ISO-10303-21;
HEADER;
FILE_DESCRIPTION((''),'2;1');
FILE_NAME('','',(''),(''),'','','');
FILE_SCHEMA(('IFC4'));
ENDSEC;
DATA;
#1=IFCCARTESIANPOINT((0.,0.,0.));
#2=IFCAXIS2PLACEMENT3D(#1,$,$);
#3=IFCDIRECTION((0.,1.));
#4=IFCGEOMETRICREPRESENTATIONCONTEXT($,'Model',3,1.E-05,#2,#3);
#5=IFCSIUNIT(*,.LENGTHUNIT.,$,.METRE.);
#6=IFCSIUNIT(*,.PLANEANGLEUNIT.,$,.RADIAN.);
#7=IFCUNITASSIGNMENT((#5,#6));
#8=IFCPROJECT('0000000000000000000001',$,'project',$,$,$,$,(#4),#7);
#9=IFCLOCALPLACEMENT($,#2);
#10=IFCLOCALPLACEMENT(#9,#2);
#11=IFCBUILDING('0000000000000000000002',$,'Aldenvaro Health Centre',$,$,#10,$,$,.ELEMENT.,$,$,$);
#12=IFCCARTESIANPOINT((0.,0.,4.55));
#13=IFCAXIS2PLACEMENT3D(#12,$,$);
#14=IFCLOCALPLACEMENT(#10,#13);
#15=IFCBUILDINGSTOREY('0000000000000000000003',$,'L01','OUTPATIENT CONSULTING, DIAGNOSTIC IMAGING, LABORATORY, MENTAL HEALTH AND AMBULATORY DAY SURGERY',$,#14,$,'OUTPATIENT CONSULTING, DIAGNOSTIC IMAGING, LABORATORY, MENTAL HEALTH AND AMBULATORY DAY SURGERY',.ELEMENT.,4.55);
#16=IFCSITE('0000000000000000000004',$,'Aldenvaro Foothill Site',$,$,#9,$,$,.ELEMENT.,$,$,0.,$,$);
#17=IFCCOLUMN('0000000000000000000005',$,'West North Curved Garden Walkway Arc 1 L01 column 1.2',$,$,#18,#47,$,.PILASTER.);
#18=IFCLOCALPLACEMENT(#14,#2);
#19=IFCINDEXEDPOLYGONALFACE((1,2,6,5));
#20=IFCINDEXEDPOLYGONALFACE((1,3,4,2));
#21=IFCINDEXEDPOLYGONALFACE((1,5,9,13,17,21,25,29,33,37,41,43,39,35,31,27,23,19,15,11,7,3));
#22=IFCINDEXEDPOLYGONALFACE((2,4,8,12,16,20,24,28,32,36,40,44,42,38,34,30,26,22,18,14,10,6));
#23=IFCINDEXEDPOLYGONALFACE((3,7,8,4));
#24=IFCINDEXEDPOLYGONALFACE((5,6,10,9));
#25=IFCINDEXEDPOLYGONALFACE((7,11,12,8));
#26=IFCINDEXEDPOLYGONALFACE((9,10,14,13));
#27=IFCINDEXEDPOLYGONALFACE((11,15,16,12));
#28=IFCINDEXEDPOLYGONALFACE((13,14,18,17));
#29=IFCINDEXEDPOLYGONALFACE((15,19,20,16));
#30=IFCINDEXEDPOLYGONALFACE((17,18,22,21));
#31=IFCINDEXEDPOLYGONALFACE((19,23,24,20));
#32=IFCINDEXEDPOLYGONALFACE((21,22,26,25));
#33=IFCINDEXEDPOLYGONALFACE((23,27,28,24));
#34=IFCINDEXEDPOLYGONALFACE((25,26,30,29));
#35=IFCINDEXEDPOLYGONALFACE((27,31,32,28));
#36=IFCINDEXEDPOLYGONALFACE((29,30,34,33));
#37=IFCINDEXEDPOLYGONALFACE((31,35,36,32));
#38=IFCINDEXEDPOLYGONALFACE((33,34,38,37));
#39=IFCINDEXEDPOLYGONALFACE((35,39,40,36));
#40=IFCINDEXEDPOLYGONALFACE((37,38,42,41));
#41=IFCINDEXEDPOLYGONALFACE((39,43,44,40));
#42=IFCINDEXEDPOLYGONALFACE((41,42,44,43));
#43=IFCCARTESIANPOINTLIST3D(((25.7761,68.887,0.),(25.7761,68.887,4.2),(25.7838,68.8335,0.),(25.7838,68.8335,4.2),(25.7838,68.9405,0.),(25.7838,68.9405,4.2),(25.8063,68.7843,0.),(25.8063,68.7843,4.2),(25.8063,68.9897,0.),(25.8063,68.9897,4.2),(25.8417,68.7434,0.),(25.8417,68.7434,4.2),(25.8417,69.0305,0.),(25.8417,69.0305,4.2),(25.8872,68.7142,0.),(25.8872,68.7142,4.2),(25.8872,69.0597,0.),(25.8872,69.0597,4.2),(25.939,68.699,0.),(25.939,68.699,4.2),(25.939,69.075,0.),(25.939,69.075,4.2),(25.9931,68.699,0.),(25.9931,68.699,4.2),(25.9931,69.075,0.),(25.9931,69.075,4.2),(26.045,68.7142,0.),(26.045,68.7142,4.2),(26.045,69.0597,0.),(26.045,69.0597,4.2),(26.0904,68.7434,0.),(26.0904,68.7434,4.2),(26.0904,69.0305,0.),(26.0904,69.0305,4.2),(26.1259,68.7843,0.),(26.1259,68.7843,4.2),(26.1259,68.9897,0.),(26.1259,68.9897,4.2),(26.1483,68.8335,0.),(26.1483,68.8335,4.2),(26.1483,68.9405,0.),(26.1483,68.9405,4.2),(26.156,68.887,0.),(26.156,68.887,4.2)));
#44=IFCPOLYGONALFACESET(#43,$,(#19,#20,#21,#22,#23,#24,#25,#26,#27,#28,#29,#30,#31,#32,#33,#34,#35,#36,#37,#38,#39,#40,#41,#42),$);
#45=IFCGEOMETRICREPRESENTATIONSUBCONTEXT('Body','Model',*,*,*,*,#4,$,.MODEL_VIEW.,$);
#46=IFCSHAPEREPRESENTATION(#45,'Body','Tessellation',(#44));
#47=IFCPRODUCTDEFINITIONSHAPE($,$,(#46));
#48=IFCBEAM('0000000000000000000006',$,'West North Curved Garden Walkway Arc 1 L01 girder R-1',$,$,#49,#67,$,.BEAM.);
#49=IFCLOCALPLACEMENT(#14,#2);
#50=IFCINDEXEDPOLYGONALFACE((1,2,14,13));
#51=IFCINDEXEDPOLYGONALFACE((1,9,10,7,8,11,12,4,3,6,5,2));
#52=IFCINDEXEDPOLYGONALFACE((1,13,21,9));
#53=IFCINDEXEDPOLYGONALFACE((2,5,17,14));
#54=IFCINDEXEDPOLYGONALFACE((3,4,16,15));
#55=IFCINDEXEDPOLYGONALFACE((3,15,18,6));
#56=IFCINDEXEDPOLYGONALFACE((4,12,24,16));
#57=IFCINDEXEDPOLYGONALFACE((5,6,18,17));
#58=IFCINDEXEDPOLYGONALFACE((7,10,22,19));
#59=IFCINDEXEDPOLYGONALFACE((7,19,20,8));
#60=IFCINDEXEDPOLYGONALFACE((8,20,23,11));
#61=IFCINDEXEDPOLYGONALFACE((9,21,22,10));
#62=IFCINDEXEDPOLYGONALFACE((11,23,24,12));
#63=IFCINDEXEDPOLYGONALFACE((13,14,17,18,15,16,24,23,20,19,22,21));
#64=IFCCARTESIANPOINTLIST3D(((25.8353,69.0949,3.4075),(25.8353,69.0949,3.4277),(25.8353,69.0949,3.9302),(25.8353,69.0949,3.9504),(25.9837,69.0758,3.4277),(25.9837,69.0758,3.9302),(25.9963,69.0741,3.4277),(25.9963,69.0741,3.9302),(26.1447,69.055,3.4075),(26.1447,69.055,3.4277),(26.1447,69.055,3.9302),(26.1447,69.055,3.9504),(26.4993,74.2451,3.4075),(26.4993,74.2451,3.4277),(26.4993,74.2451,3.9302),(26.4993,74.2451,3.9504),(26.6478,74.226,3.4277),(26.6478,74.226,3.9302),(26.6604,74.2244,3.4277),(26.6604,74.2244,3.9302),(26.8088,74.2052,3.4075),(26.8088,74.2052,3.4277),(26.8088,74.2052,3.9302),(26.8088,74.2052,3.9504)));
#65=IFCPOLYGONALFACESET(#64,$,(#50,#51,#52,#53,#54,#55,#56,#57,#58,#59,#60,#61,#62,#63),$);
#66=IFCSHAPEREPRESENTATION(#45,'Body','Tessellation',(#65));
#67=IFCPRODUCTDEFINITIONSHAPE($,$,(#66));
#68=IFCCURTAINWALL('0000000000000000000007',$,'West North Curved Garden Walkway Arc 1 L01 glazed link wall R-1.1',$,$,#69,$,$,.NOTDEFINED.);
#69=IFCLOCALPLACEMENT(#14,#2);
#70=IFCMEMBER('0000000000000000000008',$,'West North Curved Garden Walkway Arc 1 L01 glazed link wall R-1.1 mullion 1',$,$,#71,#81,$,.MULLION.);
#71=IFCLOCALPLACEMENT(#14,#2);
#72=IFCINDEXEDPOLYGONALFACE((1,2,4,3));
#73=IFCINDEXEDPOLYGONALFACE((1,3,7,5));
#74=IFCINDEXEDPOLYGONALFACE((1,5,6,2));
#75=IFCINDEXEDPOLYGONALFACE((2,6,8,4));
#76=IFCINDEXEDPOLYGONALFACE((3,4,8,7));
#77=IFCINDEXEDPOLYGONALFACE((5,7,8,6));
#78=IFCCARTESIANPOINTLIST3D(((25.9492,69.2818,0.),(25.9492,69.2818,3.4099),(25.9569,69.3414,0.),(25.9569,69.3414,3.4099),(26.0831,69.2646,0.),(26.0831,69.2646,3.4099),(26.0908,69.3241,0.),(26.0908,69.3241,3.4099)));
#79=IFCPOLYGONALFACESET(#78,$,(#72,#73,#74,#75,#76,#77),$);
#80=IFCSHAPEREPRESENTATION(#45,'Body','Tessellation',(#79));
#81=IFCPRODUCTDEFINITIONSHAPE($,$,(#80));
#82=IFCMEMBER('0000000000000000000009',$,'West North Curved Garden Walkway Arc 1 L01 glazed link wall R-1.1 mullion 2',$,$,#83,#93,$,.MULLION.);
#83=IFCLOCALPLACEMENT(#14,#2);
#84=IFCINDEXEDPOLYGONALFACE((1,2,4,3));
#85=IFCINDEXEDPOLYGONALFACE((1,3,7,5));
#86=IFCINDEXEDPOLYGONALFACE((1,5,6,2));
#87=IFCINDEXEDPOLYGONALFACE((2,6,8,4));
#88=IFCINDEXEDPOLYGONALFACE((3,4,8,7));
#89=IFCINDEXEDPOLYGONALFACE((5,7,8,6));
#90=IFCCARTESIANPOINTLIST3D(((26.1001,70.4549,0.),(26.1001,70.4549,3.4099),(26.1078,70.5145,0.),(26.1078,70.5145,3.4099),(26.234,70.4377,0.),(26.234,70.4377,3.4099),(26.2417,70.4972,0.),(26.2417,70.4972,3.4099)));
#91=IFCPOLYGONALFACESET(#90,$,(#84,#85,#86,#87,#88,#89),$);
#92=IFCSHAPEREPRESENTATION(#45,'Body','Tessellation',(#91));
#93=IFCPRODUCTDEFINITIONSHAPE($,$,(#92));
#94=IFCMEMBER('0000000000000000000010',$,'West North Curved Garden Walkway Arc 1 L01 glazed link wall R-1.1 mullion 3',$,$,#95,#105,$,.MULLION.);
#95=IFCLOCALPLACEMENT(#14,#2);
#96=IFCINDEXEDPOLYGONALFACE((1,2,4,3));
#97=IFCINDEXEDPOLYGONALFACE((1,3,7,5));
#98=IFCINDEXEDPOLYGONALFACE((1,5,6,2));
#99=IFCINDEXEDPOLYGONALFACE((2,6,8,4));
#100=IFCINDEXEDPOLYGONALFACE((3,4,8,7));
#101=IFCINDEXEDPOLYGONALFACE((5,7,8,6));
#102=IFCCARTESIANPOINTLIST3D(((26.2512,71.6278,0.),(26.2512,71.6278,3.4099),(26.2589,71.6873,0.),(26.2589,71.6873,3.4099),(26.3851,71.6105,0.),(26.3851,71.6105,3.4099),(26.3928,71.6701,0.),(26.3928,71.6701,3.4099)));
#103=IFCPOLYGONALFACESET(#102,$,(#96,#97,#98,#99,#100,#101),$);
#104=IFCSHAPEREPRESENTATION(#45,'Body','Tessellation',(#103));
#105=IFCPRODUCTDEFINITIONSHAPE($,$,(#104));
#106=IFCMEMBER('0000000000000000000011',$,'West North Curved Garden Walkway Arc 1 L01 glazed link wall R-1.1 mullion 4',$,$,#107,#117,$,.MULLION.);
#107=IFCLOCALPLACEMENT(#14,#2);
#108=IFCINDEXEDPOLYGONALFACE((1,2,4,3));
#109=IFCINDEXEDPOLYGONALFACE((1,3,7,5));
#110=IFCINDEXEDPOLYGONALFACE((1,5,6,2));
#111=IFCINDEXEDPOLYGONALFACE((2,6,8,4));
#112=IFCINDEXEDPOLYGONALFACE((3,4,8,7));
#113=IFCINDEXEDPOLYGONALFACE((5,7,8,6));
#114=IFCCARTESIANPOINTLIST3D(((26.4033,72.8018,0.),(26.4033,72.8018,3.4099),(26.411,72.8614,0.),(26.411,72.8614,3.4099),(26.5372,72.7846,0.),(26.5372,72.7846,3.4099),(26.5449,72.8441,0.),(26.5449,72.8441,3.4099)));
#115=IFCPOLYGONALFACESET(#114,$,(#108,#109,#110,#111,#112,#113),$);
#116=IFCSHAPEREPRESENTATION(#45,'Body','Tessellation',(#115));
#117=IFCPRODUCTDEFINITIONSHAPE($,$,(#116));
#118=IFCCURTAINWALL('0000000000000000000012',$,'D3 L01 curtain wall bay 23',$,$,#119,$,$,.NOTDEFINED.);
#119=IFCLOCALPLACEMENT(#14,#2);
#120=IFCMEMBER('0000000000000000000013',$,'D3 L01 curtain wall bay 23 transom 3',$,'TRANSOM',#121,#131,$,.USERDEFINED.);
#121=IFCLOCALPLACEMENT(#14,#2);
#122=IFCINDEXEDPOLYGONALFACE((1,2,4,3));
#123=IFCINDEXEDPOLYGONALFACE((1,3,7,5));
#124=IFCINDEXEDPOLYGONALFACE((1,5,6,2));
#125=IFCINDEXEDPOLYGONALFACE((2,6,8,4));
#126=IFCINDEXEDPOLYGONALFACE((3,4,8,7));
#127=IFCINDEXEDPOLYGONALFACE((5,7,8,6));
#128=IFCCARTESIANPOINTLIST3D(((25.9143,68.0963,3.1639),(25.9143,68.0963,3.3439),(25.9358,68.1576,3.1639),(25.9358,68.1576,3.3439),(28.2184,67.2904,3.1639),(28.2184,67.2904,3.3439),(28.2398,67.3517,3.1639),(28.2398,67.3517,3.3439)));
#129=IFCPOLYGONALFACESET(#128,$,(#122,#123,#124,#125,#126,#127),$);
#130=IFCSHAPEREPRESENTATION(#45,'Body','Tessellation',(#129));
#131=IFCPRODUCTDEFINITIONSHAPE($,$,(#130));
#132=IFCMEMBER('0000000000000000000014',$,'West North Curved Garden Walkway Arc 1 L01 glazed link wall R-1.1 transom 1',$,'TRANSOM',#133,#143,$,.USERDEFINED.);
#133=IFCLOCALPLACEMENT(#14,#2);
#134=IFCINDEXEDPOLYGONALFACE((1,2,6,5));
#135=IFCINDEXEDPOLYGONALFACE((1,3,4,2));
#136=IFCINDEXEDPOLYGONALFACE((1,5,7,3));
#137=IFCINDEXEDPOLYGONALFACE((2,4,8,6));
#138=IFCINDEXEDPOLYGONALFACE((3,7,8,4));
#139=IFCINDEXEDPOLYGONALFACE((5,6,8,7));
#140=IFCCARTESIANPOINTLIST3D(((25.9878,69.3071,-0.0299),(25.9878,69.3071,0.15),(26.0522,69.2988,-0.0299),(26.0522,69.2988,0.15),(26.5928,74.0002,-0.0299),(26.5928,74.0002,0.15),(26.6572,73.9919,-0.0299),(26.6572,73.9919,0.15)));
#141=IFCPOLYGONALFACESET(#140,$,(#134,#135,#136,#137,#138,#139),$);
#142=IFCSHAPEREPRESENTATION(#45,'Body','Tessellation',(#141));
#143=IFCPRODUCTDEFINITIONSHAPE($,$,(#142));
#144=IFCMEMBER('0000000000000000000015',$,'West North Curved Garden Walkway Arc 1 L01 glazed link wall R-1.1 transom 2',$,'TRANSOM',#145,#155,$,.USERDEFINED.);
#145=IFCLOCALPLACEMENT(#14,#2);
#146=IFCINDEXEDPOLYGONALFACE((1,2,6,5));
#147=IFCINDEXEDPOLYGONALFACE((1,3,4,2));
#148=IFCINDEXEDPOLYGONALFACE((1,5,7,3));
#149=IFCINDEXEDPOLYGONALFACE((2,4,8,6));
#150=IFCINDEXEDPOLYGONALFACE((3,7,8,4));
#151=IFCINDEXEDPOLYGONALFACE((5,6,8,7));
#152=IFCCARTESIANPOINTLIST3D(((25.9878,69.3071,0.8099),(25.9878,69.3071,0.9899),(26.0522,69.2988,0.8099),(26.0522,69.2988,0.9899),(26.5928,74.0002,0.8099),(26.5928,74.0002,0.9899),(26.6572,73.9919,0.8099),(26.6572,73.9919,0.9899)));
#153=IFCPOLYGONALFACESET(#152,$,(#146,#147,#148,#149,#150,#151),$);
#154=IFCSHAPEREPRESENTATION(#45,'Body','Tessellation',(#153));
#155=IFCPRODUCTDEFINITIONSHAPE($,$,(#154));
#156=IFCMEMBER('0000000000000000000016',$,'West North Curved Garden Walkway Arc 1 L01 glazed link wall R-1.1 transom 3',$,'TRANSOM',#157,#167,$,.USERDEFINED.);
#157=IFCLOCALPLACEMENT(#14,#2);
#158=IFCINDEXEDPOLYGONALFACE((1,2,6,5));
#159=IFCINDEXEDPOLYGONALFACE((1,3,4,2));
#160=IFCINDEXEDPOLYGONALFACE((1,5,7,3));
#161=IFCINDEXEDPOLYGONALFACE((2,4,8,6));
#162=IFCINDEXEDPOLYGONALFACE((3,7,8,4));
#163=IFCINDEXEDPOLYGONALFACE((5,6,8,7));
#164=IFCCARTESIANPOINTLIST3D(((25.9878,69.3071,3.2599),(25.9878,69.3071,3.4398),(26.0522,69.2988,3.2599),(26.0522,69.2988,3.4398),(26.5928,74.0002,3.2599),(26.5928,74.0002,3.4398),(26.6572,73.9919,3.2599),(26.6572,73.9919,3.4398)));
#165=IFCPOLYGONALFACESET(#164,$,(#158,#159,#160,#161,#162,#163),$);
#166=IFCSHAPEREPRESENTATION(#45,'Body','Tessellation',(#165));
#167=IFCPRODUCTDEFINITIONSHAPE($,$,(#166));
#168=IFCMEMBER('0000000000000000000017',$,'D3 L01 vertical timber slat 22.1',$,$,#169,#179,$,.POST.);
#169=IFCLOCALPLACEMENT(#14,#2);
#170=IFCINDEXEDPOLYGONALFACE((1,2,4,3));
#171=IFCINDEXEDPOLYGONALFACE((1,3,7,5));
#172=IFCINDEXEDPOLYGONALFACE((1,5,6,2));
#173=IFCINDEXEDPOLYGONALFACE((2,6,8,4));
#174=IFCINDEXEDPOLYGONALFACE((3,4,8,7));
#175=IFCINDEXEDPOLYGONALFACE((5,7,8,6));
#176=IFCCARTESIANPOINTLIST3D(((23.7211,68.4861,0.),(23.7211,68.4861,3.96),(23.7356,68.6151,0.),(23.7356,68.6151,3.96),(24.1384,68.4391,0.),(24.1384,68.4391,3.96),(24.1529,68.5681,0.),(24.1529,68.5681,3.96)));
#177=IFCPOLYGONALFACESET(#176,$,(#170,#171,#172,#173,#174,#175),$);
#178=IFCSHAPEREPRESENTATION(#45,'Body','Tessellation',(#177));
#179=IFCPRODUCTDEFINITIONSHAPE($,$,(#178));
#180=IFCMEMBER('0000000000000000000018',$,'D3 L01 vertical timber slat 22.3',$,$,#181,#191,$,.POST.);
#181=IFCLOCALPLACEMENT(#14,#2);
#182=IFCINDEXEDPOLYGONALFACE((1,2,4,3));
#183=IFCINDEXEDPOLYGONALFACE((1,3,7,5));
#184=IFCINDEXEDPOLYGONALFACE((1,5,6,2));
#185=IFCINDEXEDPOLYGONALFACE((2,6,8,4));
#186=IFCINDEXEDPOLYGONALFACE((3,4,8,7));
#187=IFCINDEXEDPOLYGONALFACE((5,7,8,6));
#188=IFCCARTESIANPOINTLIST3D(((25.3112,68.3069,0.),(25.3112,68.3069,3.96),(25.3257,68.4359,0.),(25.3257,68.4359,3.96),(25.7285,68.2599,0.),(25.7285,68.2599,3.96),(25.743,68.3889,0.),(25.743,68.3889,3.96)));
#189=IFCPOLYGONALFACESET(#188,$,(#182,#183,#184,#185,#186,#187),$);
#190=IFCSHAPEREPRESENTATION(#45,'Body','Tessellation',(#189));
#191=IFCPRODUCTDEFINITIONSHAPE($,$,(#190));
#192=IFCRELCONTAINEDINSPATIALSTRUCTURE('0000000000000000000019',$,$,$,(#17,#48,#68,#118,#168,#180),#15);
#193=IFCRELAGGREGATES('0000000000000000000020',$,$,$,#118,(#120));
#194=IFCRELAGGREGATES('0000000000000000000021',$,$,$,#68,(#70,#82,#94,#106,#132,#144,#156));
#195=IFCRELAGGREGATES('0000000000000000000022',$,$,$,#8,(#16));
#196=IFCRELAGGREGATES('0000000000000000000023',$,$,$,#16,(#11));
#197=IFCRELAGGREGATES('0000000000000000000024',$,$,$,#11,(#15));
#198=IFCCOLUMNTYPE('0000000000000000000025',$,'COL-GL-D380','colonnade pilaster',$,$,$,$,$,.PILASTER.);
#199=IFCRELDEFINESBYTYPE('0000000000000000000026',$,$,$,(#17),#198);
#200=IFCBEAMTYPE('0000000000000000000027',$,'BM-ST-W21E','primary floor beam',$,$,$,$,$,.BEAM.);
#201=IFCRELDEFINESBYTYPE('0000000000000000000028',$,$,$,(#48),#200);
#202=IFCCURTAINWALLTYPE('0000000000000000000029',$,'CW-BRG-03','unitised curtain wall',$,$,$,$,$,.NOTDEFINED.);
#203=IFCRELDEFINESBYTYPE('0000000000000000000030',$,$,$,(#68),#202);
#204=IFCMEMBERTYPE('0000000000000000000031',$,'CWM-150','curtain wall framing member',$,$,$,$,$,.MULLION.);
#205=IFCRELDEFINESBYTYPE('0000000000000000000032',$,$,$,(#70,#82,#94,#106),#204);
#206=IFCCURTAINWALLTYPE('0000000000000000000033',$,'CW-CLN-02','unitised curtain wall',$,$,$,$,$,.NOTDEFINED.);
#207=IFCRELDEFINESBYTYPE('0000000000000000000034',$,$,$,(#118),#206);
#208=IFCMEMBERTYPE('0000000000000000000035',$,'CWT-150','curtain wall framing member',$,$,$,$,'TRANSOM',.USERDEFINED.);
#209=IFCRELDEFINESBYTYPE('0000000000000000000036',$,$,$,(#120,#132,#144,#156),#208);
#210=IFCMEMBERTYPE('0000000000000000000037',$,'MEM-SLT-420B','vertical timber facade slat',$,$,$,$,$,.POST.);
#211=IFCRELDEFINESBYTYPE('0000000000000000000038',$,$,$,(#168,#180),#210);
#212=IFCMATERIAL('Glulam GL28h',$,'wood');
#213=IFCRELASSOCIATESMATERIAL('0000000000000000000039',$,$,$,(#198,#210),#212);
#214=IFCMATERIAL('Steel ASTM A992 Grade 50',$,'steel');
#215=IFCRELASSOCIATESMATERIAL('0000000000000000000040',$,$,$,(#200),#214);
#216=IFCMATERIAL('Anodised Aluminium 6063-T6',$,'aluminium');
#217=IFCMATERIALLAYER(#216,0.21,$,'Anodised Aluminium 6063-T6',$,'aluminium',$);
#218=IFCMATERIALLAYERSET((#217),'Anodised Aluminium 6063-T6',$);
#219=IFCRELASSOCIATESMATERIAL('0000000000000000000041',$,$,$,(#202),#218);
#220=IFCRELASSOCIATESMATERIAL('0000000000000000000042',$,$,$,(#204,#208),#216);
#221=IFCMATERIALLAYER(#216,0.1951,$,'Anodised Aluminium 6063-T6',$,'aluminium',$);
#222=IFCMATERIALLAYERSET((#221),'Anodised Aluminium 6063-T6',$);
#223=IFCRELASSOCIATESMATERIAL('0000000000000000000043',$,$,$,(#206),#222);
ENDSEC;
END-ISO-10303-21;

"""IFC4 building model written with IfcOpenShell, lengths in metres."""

from ifc_helpers import new_model, si_unit, direction, frame, origin, origin_2d, place, context, subcontext, project, spatial, rectangle, circle, i_section, extrude, material, layer, layer_set, material_profile, profile_set, type_object, element, aggregate, save


model = new_model("IFC4")

# Units and contexts
model_context = context("Model", 3, precision=1e-05, world=origin(), true_north=direction((0.0, 1.0)))
body_context = subcontext(model_context, "Body", "Model", "MODEL_VIEW")
ifc_project = project(units=[si_unit("LENGTHUNIT", "METRE"), si_unit("PLANEANGLEUNIT", "RADIAN")], contexts=[model_context])

# Site, building, storey
site_placement = place(None, origin())
site = spatial("IfcSite", under=ifc_project, at=site_placement, Name="Aldenvaro Foothill Site", CompositionType="ELEMENT", RefElevation=0.0)
building_placement = place(site_placement, origin())
building = spatial("IfcBuilding", under=site, at=building_placement, Name="Aldenvaro Health Centre", CompositionType="ELEMENT")
storey_placement = place(building_placement, frame((0.0, 0.0, 4.55)))
storey = spatial("IfcBuildingStorey", under=building, at=storey_placement, Name="L01", Description="OUTPATIENT CONSULTING, DIAGNOSTIC IMAGING, LABORATORY, MENTAL HEALTH AND AMBULATORY DAY SURGERY", LongName="OUTPATIENT CONSULTING, DIAGNOSTIC IMAGING, LABORATORY, MENTAL HEALTH AND AMBULATORY DAY SURGERY", CompositionType="ELEMENT", Elevation=4.55)

# Column
ifc_material_1 = material(Name="Glulam GL28h", Category="wood")
ifc_material_profile_1 = material_profile(ifc_material_1, circle(Radius=0.1899, at=origin_2d()), Name="GL D380", Category="wood")
ifc_profile_set_1 = profile_set([ifc_material_profile_1], Name="Glulam GL28h")
column_type = type_object("IfcColumnType", Name="COL-GL-D380", Description="colonnade pilaster", PredefinedType="PILASTER", material=ifc_profile_set_1)
column_placement = place(storey_placement, frame((25.9661, 68.887, 0.0), z_axis=(0.0, 0.0, 1.0), x_axis=(1.0, 0.0, 0.0)))
element("IfcColumn", 1, at=column_placement, inside=storey, type_object=column_type, Name="West North Curved Garden Walkway Arc 1 L01 column 1.2", PredefinedType="PILASTER", context=body_context, shape_type="SweptSolid", body=[
    extrude(circle(Radius=0.1899, at=origin_2d()), origin(), (0.0, 0.0, 1.0), 4.2),
])

# Beam
ifc_material_2 = material(Name="Steel ASTM A992 Grade 50", Category="steel")
ifc_material_profile_2 = material_profile(ifc_material_2, i_section(OverallWidth=0.312, OverallDepth=0.543, WebThickness=0.0127, FlangeThickness=0.0203, at=origin_2d()), Name="W21X101", Category="steel")
ifc_profile_set_2 = profile_set([ifc_material_profile_2], Name="Steel ASTM A992 Grade 50")
beam_type = type_object("IfcBeamType", Name="BM-ST-W21E", Description="primary floor beam", PredefinedType="BEAM", material=ifc_profile_set_2)
beam_placement = place(storey_placement, frame((25.99, 69.075, 3.679), z_axis=(0.127882, 0.991789, 0.0), x_axis=(-0.991789, 0.127882, 0.0)))
element("IfcBeam", 2, at=beam_placement, inside=storey, type_object=beam_type, Name="West North Curved Garden Walkway Arc 1 L01 girder R-1", PredefinedType="BEAM", context=body_context, shape_type="SweptSolid", body=[
    extrude(i_section(OverallWidth=0.312, OverallDepth=0.543, WebThickness=0.0127, FlangeThickness=0.0203, at=origin_2d()), origin(), (0.0, 0.0, 1.0), 5.1929),
])

# Curtain wall, members
ifc_material_3 = material(Name="Anodised Aluminium 6063-T6", Category="aluminium")
ifc_layer_1 = layer(ifc_material_3, 0.21, Name="Anodised Aluminium 6063-T6", Category="aluminium")
ifc_layer_set_1 = layer_set([ifc_layer_1], Name="Anodised Aluminium 6063-T6")
curtain_wall_type_1 = type_object("IfcCurtainWallType", Name="CW-BRG-03", Description="unitised curtain wall", PredefinedType="NOTDEFINED", material=ifc_layer_set_1)
curtain_wall_1_placement = place(storey_placement, origin())
curtain_wall_1 = element("IfcCurtainWall", 3, at=curtain_wall_1_placement, inside=storey, type_object=curtain_wall_type_1, Name="West North Curved Garden Walkway Arc 1 L01 glazed link wall R-1.1", PredefinedType="NOTDEFINED")
ifc_material_profile_3 = material_profile(ifc_material_3, rectangle(XDim=0.0601, YDim=0.135, at=origin_2d()), Name="ALU 60x135", Category="aluminium")
ifc_profile_set_3 = profile_set([ifc_material_profile_3], Name="Anodised Aluminium 6063-T6")
member_type_1 = type_object("IfcMemberType", Name="CWM-150", Description="curtain wall framing member", PredefinedType="MULLION", material=ifc_profile_set_3)
member_1_placement = place(storey_placement, frame((26.02, 69.303, 0.0), z_axis=(0.0, 0.0, 1.0), x_axis=(0.127857, 0.991793, 0.0)))
member_1 = element("IfcMember", 4, at=member_1_placement, type_object=member_type_1, Name="West North Curved Garden Walkway Arc 1 L01 glazed link wall R-1.1 mullion 1", PredefinedType="MULLION", context=body_context, shape_type="SweptSolid", body=[
    extrude(rectangle(XDim=0.0601, YDim=0.135, at=origin_2d()), origin(), (0.0, 0.0, 1.0), 3.4099),
])
member_2_placement = place(storey_placement, frame((26.1709, 70.4761, 0.0), z_axis=(0.0, 0.0, 1.0), x_axis=(0.127857, 0.991793, 0.0)))
member_2 = element("IfcMember", 5, at=member_2_placement, type_object=member_type_1, Name="West North Curved Garden Walkway Arc 1 L01 glazed link wall R-1.1 mullion 2", PredefinedType="MULLION", context=body_context, shape_type="SweptSolid", body=[
    extrude(rectangle(XDim=0.0601, YDim=0.135, at=origin_2d()), origin(), (0.0, 0.0, 1.0), 3.4099),
])
member_3_placement = place(storey_placement, frame((26.322, 71.6489, 0.0), z_axis=(0.0, 0.0, 1.0), x_axis=(0.127857, 0.991793, 0.0)))
member_3 = element("IfcMember", 6, at=member_3_placement, type_object=member_type_1, Name="West North Curved Garden Walkway Arc 1 L01 glazed link wall R-1.1 mullion 3", PredefinedType="MULLION", context=body_context, shape_type="SweptSolid", body=[
    extrude(rectangle(XDim=0.0601, YDim=0.135, at=origin_2d()), origin(), (0.0, 0.0, 1.0), 3.4099),
])
member_4_placement = place(storey_placement, frame((26.4741, 72.823, 0.0), z_axis=(0.0, 0.0, 1.0), x_axis=(0.127857, 0.991793, 0.0)))
member_4 = element("IfcMember", 7, at=member_4_placement, type_object=member_type_1, Name="West North Curved Garden Walkway Arc 1 L01 glazed link wall R-1.1 mullion 4", PredefinedType="MULLION", context=body_context, shape_type="SweptSolid", body=[
    extrude(rectangle(XDim=0.0601, YDim=0.135, at=origin_2d()), origin(), (0.0, 0.0, 1.0), 3.4099),
])

# Curtain wall, member
ifc_layer_2 = layer(ifc_material_3, 0.1951, Name="Anodised Aluminium 6063-T6", Category="aluminium")
ifc_layer_set_2 = layer_set([ifc_layer_2], Name="Anodised Aluminium 6063-T6")
curtain_wall_type_2 = type_object("IfcCurtainWallType", Name="CW-CLN-02", Description="unitised curtain wall", PredefinedType="NOTDEFINED", material=ifc_layer_set_2)
curtain_wall_2_placement = place(storey_placement, origin())
curtain_wall_2 = element("IfcCurtainWall", 8, at=curtain_wall_2_placement, inside=storey, type_object=curtain_wall_type_2, Name="D3 L01 curtain wall bay 23", PredefinedType="NOTDEFINED")
ifc_material_profile_4 = material_profile(ifc_material_3, rectangle(XDim=0.0649, YDim=0.1799, at=origin_2d()), Name="ALU 65x180", Category="aluminium")
ifc_profile_set_4 = profile_set([ifc_material_profile_4], Name="Anodised Aluminium 6063-T6")
member_type_2 = type_object("IfcMemberType", Name="CWT-150", Description="curtain wall framing member", ElementType="TRANSOM", PredefinedType="USERDEFINED", material=ifc_profile_set_4)
member_5_placement = place(storey_placement, frame((25.925, 68.127, 3.2539), z_axis=(0.943919, -0.330177, 0.0), x_axis=(0.330177, 0.943919, 0.0)))
member_5 = element("IfcMember", 9, at=member_5_placement, type_object=member_type_2, Name="D3 L01 curtain wall bay 23 transom 3", ObjectType="TRANSOM", PredefinedType="USERDEFINED", context=body_context, shape_type="SweptSolid", body=[
    extrude(rectangle(XDim=0.0649, YDim=0.1799, at=origin_2d()), origin(), (0.0, 0.0, 1.0), 2.4409),
])
aggregate(curtain_wall_2, [member_5])

# Members
member_6_placement = place(storey_placement, frame((26.02, 69.303, 0.0601), z_axis=(0.12785, 0.991793, 0.0), x_axis=(-0.991793, 0.12785, 0.0)))
member_6 = element("IfcMember", 10, at=member_6_placement, type_object=member_type_2, Name="West North Curved Garden Walkway Arc 1 L01 glazed link wall R-1.1 transom 1", ObjectType="TRANSOM", PredefinedType="USERDEFINED", context=body_context, shape_type="SweptSolid", body=[
    extrude(rectangle(XDim=0.0649, YDim=0.1799, at=origin_2d()), origin(), (0.0, 0.0, 1.0), 4.7319),
])
member_7_placement = place(storey_placement, frame((26.02, 69.303, 0.8999), z_axis=(0.12785, 0.991793, 0.0), x_axis=(-0.991793, 0.12785, 0.0)))
member_7 = element("IfcMember", 11, at=member_7_placement, type_object=member_type_2, Name="West North Curved Garden Walkway Arc 1 L01 glazed link wall R-1.1 transom 2", ObjectType="TRANSOM", PredefinedType="USERDEFINED", context=body_context, shape_type="SweptSolid", body=[
    extrude(rectangle(XDim=0.0649, YDim=0.1799, at=origin_2d()), origin(), (0.0, 0.0, 1.0), 4.7319),
])
member_8_placement = place(storey_placement, frame((26.02, 69.303, 3.3499), z_axis=(0.12785, 0.991793, 0.0), x_axis=(-0.991793, 0.12785, 0.0)))
member_8 = element("IfcMember", 12, at=member_8_placement, type_object=member_type_2, Name="West North Curved Garden Walkway Arc 1 L01 glazed link wall R-1.1 transom 3", ObjectType="TRANSOM", PredefinedType="USERDEFINED", context=body_context, shape_type="SweptSolid", body=[
    extrude(rectangle(XDim=0.0649, YDim=0.1799, at=origin_2d()), origin(), (0.0, 0.0, 1.0), 4.7319),
])

# Members
ifc_material_profile_5 = material_profile(ifc_material_1, rectangle(XDim=0.1299, YDim=0.4199, at=origin_2d()), Name="GL 130x420", Category="wood")
ifc_profile_set_5 = profile_set([ifc_material_profile_5], Name="Glulam GL28h")
member_type_3 = type_object("IfcMemberType", Name="MEM-SLT-420B", Description="vertical timber facade slat", PredefinedType="POST", material=ifc_profile_set_5)
for number, where, z_axis, x_axis, name in (
    (13, (23.937, 68.5271, 0.0), (0.0, 0.0, 1.0), (0.111871, 0.993723, 0.0), "D3 L01 vertical timber slat 22.1"),
    (14, (25.5271, 68.3479, 0.0), (0.0, 0.0, 1.0), (0.111871, 0.993723, 0.0), "D3 L01 vertical timber slat 22.3"),
):
    element("IfcMember", number, at=place(storey_placement, frame(where, z_axis=z_axis, x_axis=x_axis)), inside=storey, type_object=member_type_3, Name=name, PredefinedType="POST", context=body_context, shape_type="SweptSolid", body=[
        extrude(rectangle(XDim=0.1299, YDim=0.4199, at=origin_2d()), origin(), (0.0, 0.0, 1.0), 3.96),
    ])

aggregate(curtain_wall_1, [member_1, member_2, member_3, member_4, member_6, member_7, member_8])

save(model, "model.ifc")
